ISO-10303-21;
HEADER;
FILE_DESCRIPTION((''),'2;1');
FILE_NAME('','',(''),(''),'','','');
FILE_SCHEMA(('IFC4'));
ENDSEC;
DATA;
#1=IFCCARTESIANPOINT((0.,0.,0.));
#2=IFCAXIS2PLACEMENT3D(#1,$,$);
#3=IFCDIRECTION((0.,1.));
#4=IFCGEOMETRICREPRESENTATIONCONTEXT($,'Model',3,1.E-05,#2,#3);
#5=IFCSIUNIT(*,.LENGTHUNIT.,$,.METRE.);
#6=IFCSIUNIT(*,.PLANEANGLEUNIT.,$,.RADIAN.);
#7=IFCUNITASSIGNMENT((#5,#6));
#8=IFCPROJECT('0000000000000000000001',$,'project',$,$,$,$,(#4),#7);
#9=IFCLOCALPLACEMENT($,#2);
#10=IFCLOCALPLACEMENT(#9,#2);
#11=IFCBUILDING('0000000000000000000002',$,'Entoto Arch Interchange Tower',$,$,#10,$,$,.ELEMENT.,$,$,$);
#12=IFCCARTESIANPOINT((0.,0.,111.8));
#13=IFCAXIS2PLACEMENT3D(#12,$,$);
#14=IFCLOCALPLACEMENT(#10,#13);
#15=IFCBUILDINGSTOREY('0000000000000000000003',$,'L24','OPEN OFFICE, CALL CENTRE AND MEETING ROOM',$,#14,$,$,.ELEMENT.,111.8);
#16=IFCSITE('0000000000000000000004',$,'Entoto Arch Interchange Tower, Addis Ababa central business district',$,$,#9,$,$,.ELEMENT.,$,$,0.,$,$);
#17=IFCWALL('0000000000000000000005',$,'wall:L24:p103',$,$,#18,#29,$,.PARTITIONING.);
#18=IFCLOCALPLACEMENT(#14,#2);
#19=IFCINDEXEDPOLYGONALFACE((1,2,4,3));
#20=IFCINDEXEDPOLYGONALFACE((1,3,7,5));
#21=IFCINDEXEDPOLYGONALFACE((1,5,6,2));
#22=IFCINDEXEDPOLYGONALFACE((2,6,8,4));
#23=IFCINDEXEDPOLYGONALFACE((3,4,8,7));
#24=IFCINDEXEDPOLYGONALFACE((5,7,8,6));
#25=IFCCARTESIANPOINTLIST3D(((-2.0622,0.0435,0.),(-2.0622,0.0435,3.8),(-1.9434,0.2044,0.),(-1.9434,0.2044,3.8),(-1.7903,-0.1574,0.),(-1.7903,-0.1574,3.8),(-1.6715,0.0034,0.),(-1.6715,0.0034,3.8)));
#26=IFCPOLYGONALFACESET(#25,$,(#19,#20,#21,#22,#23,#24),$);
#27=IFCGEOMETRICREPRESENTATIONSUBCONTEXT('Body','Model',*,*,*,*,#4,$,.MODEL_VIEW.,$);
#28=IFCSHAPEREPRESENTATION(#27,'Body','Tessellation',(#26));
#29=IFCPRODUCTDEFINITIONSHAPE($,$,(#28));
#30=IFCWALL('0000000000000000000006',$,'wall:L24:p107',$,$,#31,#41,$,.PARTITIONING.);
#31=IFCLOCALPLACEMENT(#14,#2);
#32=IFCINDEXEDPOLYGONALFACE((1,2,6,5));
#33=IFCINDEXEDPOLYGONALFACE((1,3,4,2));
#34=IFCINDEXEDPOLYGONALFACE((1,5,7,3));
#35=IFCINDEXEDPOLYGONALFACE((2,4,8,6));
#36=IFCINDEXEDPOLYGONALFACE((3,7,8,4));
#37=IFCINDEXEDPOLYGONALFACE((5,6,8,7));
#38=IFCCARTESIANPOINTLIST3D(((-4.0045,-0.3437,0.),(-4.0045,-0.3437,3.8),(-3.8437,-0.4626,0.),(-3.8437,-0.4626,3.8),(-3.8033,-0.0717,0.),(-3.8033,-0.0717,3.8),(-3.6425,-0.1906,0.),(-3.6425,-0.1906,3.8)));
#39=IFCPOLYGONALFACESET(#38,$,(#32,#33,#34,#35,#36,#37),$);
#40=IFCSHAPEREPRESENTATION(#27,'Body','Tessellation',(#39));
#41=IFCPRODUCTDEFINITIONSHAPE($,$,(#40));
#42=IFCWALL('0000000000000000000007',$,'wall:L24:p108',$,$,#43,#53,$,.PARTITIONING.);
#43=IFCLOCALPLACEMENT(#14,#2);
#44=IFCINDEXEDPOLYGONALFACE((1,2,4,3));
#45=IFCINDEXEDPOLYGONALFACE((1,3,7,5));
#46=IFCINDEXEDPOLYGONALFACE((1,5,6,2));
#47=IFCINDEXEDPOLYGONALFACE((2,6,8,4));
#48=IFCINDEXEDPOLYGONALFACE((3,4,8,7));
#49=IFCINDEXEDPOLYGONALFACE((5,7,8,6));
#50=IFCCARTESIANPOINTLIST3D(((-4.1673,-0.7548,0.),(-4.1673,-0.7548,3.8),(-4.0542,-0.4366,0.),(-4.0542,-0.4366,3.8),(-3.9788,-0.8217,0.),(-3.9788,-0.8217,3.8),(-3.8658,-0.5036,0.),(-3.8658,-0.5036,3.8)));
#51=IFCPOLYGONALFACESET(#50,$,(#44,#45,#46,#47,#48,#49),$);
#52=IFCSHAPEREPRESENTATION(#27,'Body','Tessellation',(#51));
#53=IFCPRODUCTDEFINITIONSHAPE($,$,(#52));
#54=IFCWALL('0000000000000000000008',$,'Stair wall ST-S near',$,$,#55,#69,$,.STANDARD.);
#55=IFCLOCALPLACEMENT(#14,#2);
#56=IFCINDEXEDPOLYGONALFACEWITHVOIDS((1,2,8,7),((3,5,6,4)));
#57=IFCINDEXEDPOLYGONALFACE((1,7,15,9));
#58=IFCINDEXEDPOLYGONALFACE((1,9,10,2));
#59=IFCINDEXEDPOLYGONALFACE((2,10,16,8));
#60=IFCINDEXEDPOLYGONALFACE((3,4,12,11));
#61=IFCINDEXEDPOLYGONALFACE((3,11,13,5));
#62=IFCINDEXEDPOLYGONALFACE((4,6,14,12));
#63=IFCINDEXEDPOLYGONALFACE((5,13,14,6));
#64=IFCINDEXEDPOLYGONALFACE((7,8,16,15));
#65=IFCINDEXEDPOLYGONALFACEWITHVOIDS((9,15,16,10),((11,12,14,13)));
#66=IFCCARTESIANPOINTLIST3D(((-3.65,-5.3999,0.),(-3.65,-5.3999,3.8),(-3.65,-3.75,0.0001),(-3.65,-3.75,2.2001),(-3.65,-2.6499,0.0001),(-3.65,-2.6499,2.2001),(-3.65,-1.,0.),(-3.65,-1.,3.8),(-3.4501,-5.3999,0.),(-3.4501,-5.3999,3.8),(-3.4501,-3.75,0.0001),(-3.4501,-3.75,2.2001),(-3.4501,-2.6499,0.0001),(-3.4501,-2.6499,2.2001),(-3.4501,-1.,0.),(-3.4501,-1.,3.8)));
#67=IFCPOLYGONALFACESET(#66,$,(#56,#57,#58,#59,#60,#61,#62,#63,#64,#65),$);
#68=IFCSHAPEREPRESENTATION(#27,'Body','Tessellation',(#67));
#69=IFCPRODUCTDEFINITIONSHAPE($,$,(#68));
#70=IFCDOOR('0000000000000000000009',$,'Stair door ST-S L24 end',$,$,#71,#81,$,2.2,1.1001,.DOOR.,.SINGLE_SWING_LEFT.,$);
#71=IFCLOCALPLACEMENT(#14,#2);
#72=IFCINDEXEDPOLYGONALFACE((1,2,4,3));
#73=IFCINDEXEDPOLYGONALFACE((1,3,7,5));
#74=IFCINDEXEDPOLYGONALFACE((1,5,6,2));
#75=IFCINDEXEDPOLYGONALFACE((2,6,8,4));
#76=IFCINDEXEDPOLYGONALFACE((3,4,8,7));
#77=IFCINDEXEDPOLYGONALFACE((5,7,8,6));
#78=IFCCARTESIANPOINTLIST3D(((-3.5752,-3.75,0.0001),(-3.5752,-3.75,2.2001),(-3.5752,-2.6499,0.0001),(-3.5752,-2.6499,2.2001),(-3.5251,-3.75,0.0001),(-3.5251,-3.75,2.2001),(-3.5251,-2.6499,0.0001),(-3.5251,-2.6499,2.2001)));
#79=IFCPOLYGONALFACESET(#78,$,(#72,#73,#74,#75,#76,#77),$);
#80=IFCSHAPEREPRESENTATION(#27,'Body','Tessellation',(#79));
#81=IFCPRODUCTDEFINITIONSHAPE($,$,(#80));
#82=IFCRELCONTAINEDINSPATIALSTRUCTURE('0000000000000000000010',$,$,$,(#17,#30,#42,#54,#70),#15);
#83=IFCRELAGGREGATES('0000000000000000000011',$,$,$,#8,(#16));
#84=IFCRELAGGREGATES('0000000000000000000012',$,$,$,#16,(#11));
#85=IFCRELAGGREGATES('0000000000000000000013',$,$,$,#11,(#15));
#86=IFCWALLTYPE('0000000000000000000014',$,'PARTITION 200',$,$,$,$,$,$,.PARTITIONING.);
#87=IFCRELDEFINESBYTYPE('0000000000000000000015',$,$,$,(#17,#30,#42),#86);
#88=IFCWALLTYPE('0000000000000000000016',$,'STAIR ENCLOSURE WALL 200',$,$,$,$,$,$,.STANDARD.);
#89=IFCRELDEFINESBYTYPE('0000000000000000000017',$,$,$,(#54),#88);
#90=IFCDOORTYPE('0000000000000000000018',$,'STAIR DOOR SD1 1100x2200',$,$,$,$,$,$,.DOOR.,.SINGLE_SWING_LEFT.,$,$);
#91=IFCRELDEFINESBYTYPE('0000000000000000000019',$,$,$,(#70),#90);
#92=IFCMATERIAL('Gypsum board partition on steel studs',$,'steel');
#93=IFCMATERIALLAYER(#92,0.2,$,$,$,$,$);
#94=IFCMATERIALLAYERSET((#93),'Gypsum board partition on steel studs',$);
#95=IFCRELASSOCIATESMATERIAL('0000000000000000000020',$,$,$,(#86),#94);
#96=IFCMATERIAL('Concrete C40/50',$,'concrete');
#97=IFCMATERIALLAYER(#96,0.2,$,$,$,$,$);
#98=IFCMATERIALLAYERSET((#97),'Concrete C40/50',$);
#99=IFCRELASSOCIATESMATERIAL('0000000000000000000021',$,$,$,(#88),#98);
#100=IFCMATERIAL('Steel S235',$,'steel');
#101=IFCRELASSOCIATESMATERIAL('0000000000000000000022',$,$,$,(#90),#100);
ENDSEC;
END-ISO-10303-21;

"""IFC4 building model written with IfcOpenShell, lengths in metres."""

from ifc_helpers import new_model, si_unit, direction, frame, frame_2d, origin, place, context, subcontext, project, spatial, rectangle, extrude, material, layer, layer_set, type_object, element, fill, save


model = new_model("IFC4")

# Units and contexts
model_context = context("Model", 3, precision=1e-05, world=origin(), true_north=direction((0.0, 1.0)))
body_context = subcontext(model_context, "Body", "Model", "MODEL_VIEW")
ifc_project = project(units=[si_unit("LENGTHUNIT", "METRE"), si_unit("PLANEANGLEUNIT", "RADIAN")], contexts=[model_context])

# Site, building, storey
site_placement = place(None, origin())
site = spatial("IfcSite", under=ifc_project, at=site_placement, Name="Entoto Arch Interchange Tower, Addis Ababa central business district", CompositionType="ELEMENT", RefElevation=0.0)
building_placement = place(site_placement, origin())
building = spatial("IfcBuilding", under=site, at=building_placement, Name="Entoto Arch Interchange Tower", CompositionType="ELEMENT")
storey_placement = place(building_placement, frame((0.0, 0.0, 111.8)))
storey = spatial("IfcBuildingStorey", under=building, at=storey_placement, Name="L24", Description="OPEN OFFICE, CALL CENTRE AND MEETING ROOM", CompositionType="ELEMENT", Elevation=111.8)

# Shared definitions
ifc_material_1 = material(Name="Concrete C40/50", Category="concrete")

# Shared definitions
ifc_material_2 = material(Name="Gypsum board partition on steel studs", Category="steel")
ifc_layer_1 = layer(ifc_material_2, 0.2)
ifc_layer_set_1 = layer_set([ifc_layer_1], Name="Gypsum board partition on steel studs")
wall_type_1 = type_object("IfcWallType", Name="PARTITION 200", PredefinedType="PARTITIONING", material=ifc_layer_set_1)

# Walls
wall_1_placement = place(storey_placement, frame((-1.731, -0.0769, 0.0), z_axis=(0.0, 0.0, 1.0), x_axis=(-0.804311, 0.594208, 0.0)))
element("IfcWall", 1, at=wall_1_placement, inside=storey, type_object=wall_type_1, Name="wall:L24:p103", PredefinedType="PARTITIONING", context=body_context, shape_type="SweptSolid", body=[
    extrude(rectangle(XDim=0.3381, YDim=0.2, at=frame_2d((0.1689, 0.0))), origin(), (0.0, 0.0, 1.0), 3.8),
])
wall_2_placement = place(storey_placement, frame((-3.7229, -0.1311, 0.0), z_axis=(0.0, 0.0, 1.0), x_axis=(-0.594675, -0.803966, 0.0)))
element("IfcWall", 2, at=wall_2_placement, inside=storey, type_object=wall_type_1, Name="wall:L24:p107", PredefinedType="PARTITIONING", context=body_context, shape_type="SweptSolid", body=[
    extrude(rectangle(XDim=0.3384, YDim=0.2, at=frame_2d((0.1692, 0.0))), origin(), (0.0, 0.0, 1.0), 3.8),
])
wall_3_placement = place(storey_placement, frame((-3.96, -0.47, 0.0), z_axis=(0.0, 0.0, 1.0), x_axis=(-0.334824, -0.942281, 0.0)))
element("IfcWall", 3, at=wall_3_placement, inside=storey, type_object=wall_type_1, Name="wall:L24:p108", PredefinedType="PARTITIONING", context=body_context, shape_type="SweptSolid", body=[
    extrude(rectangle(XDim=0.3376, YDim=0.2, at=frame_2d((0.1689, 0.0))), origin(), (0.0, 0.0, 1.0), 3.8),
])

# Wall, opening, door
ifc_layer_2 = layer(ifc_material_1, 0.2)
ifc_layer_set_2 = layer_set([ifc_layer_2], Name="Concrete C40/50")
wall_type_2 = type_object("IfcWallType", Name="STAIR ENCLOSURE WALL 200", PredefinedType="STANDARD", material=ifc_layer_set_2)
wall_4_placement = place(storey_placement, frame((-3.55, -1.0, 0.0), z_axis=(0.0, 0.0, 1.0), x_axis=(0.0, -1.0, 0.0)))
wall_4 = element("IfcWall", 4, at=wall_4_placement, inside=storey, type_object=wall_type_2, Name="Stair wall ST-S near", PredefinedType="STANDARD", context=body_context, shape_type="SweptSolid", body=[
    extrude(rectangle(XDim=4.3999, YDim=0.2, at=frame_2d((2.2, 0.0))), origin(), (0.0, 0.0, 1.0), 3.8),
])
opening_1_placement = place(wall_4_placement, frame((1.6499, 0.0, 0.0)))
opening_1 = element("IfcOpeningElement", 5, at=opening_1_placement, cuts=wall_4, PredefinedType="OPENING", context=body_context, shape_type="SweptSolid", body=[
    extrude(rectangle(XDim=1.1001, YDim=2.2, at=frame_2d((0.55, 1.1001))), frame((0.0, 0.1099, 0.0), z_axis=(0.0, -1.0, 0.0), x_axis=(1.0, 0.0, 0.0)), (0.0, 0.0, 1.0), 0.22),
])
ifc_material_3 = material(Name="Steel S235", Category="steel")
door_type_1 = type_object("IfcDoorType", Name="STAIR DOOR SD1 1100x2200", OperationType="SINGLE_SWING_LEFT", PredefinedType="DOOR", material=ifc_material_3)
door_1_placement = place(opening_1_placement, origin())
door_1 = element("IfcDoor", 6, at=door_1_placement, inside=storey, type_object=door_type_1, Name="Stair door ST-S L24 end", OperationType="SINGLE_SWING_LEFT", OverallHeight=2.2, OverallWidth=1.1001, PredefinedType="DOOR", context=body_context, shape_type="SweptSolid", body=[
    extrude(rectangle(XDim=1.1001, YDim=2.2, at=frame_2d((0.55, 1.1001))), frame((0.0, 0.0249, 0.0), z_axis=(0.0, -1.0, 0.0), x_axis=(1.0, 0.0, 0.0)), (0.0, 0.0, 1.0), 0.05),
])
fill(opening_1, door_1)

save(model, "model.ifc")
